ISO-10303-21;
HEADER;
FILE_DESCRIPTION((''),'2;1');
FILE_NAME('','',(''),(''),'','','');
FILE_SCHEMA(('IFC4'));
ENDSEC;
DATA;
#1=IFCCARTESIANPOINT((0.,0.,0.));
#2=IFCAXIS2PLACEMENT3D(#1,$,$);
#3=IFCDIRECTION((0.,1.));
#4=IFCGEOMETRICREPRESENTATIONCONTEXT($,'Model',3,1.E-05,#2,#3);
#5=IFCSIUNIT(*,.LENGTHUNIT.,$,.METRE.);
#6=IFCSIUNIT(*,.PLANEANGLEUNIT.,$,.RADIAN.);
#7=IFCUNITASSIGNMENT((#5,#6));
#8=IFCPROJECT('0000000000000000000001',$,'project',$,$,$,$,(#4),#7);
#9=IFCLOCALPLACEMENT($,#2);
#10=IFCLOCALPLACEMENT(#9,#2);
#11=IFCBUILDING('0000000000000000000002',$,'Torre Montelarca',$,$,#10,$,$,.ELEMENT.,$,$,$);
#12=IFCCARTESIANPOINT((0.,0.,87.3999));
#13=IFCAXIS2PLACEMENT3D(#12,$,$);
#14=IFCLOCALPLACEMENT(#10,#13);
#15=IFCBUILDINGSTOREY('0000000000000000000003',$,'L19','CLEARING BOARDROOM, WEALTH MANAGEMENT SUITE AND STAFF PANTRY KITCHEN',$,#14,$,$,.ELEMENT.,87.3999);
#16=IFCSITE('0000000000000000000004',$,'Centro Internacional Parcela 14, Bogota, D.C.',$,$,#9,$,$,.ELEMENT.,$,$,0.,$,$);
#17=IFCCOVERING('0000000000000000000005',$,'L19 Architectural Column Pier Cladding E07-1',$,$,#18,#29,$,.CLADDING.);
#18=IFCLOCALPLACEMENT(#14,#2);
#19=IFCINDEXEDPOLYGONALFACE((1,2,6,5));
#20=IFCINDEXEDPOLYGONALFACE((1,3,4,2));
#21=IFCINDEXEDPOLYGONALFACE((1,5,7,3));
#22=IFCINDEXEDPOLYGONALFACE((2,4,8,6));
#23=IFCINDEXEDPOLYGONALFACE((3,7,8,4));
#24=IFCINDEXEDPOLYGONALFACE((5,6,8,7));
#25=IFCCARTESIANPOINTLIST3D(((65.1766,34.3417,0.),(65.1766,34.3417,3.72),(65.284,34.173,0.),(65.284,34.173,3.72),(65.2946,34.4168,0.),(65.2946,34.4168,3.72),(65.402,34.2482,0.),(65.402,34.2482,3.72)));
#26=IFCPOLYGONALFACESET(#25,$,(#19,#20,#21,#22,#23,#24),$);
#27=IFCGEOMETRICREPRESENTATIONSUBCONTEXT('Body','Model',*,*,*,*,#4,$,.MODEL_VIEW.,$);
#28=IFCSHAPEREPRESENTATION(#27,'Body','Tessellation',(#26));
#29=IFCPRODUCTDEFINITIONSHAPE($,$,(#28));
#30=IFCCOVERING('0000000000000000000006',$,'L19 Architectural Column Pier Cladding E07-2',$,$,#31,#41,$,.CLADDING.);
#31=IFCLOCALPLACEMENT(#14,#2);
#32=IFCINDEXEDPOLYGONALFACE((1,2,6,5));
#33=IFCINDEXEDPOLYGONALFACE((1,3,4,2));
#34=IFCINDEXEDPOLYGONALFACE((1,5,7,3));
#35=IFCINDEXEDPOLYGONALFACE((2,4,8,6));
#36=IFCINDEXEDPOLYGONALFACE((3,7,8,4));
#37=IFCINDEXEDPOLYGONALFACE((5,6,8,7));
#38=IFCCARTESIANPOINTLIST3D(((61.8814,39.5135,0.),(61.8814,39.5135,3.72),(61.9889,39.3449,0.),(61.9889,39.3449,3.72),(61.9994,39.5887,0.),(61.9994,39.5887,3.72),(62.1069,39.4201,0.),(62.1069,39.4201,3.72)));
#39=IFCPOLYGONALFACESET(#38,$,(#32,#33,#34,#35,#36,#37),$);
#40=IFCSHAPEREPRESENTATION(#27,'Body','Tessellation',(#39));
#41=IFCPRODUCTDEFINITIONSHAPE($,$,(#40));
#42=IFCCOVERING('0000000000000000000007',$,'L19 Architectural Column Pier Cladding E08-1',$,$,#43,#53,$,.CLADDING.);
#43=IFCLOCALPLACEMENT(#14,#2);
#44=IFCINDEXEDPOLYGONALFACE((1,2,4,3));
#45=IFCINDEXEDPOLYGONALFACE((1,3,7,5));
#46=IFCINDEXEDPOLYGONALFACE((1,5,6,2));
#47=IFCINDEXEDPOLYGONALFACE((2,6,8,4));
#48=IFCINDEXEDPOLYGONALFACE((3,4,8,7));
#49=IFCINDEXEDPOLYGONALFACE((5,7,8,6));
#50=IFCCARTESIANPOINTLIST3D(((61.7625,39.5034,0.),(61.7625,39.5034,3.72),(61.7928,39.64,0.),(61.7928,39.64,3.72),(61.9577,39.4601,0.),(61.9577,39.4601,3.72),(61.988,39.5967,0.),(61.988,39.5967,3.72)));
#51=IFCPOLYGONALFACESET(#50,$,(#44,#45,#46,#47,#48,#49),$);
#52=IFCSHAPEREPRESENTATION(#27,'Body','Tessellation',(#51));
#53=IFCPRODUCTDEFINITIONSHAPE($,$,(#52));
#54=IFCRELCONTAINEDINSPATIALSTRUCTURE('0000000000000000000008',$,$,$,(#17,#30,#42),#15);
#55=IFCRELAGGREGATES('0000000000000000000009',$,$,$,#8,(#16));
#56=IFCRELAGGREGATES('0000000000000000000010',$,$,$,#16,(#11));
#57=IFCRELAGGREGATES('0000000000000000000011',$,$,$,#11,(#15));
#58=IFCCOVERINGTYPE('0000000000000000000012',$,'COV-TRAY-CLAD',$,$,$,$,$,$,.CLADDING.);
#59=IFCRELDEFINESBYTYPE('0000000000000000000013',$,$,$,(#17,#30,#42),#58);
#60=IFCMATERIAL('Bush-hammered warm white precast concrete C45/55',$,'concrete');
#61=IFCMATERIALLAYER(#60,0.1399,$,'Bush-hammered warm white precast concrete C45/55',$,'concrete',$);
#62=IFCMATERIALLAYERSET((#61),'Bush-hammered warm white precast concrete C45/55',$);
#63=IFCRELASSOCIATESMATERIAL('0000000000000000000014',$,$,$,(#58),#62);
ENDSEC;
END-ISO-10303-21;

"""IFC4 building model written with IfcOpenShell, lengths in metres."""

from ifc_helpers import new_model, si_unit, direction, frame, origin, origin_2d, place, context, subcontext, project, spatial, rectangle, extrude, source, transform, mapped, material, layer, layer_set, type_object, element, save


model = new_model("IFC4")

# Units and contexts
model_context = context("Model", 3, precision=1e-05, world=origin(), true_north=direction((0.0, 1.0)))
body_context = subcontext(model_context, "Body", "Model", "MODEL_VIEW")
ifc_project = project(units=[si_unit("LENGTHUNIT", "METRE"), si_unit("PLANEANGLEUNIT", "RADIAN")], contexts=[model_context])

# Site, building, storey
site_placement = place(None, origin())
site = spatial("IfcSite", under=ifc_project, at=site_placement, Name="Centro Internacional Parcela 14, Bogota, D.C.", CompositionType="ELEMENT", RefElevation=0.0)
building_placement = place(site_placement, origin())
building = spatial("IfcBuilding", under=site, at=building_placement, Name="Torre Montelarca", CompositionType="ELEMENT")
storey_placement = place(building_placement, frame((0.0, 0.0, 87.3999)))
storey = spatial("IfcBuildingStorey", under=building, at=storey_placement, Name="L19", Description="CLEARING BOARDROOM, WEALTH MANAGEMENT SUITE AND STAFF PANTRY KITCHEN", CompositionType="ELEMENT", Elevation=87.3999)

# Coverings
ifc_material_1 = material(Name="Bush-hammered warm white precast concrete C45/55", Category="concrete")
ifc_layer_1 = layer(ifc_material_1, 0.1399, Name="Bush-hammered warm white precast concrete C45/55", Category="concrete")
ifc_layer_set_1 = layer_set([ifc_layer_1], Name="Bush-hammered warm white precast concrete C45/55")
covering_type = type_object("IfcCoveringType", Name="COV-TRAY-CLAD", PredefinedType="CLADDING", material=ifc_layer_set_1)
shared_shape_1 = source(origin(), body_context, "Body", "SweptSolid", [
    extrude(rectangle(XDim=0.2, YDim=0.1399, at=origin_2d()), origin(), (0.0, 0.0, 1.0), 3.72),
])
for number, where, z_axis, x_axis, name in (
    (1, (65.2893, 34.2949, 0.0), (0.0, 0.0, 1.0), (-0.537314, 0.843382, 0.0), "L19 Architectural Column Pier Cladding E07-1"),
    (2, (61.9941, 39.4668, 0.0), (0.0, 0.0, 1.0), (-0.537314, 0.843382, 0.0), "L19 Architectural Column Pier Cladding E07-2"),
    (3, (61.8752, 39.55, 0.0), (0.0, 0.0, 1.0), (-0.976296, 0.21644, 0.0), "L19 Architectural Column Pier Cladding E08-1"),
):
    element("IfcCovering", number, at=place(storey_placement, frame(where, z_axis=z_axis, x_axis=x_axis)), inside=storey, type_object=covering_type, Name=name, PredefinedType="CLADDING", context=body_context, shape_type="MappedRepresentation", body=[
        mapped(shared_shape_1, transform((0.0, 0.0, 0.0), scale=1.0)),
    ])

save(model, "model.ifc")
